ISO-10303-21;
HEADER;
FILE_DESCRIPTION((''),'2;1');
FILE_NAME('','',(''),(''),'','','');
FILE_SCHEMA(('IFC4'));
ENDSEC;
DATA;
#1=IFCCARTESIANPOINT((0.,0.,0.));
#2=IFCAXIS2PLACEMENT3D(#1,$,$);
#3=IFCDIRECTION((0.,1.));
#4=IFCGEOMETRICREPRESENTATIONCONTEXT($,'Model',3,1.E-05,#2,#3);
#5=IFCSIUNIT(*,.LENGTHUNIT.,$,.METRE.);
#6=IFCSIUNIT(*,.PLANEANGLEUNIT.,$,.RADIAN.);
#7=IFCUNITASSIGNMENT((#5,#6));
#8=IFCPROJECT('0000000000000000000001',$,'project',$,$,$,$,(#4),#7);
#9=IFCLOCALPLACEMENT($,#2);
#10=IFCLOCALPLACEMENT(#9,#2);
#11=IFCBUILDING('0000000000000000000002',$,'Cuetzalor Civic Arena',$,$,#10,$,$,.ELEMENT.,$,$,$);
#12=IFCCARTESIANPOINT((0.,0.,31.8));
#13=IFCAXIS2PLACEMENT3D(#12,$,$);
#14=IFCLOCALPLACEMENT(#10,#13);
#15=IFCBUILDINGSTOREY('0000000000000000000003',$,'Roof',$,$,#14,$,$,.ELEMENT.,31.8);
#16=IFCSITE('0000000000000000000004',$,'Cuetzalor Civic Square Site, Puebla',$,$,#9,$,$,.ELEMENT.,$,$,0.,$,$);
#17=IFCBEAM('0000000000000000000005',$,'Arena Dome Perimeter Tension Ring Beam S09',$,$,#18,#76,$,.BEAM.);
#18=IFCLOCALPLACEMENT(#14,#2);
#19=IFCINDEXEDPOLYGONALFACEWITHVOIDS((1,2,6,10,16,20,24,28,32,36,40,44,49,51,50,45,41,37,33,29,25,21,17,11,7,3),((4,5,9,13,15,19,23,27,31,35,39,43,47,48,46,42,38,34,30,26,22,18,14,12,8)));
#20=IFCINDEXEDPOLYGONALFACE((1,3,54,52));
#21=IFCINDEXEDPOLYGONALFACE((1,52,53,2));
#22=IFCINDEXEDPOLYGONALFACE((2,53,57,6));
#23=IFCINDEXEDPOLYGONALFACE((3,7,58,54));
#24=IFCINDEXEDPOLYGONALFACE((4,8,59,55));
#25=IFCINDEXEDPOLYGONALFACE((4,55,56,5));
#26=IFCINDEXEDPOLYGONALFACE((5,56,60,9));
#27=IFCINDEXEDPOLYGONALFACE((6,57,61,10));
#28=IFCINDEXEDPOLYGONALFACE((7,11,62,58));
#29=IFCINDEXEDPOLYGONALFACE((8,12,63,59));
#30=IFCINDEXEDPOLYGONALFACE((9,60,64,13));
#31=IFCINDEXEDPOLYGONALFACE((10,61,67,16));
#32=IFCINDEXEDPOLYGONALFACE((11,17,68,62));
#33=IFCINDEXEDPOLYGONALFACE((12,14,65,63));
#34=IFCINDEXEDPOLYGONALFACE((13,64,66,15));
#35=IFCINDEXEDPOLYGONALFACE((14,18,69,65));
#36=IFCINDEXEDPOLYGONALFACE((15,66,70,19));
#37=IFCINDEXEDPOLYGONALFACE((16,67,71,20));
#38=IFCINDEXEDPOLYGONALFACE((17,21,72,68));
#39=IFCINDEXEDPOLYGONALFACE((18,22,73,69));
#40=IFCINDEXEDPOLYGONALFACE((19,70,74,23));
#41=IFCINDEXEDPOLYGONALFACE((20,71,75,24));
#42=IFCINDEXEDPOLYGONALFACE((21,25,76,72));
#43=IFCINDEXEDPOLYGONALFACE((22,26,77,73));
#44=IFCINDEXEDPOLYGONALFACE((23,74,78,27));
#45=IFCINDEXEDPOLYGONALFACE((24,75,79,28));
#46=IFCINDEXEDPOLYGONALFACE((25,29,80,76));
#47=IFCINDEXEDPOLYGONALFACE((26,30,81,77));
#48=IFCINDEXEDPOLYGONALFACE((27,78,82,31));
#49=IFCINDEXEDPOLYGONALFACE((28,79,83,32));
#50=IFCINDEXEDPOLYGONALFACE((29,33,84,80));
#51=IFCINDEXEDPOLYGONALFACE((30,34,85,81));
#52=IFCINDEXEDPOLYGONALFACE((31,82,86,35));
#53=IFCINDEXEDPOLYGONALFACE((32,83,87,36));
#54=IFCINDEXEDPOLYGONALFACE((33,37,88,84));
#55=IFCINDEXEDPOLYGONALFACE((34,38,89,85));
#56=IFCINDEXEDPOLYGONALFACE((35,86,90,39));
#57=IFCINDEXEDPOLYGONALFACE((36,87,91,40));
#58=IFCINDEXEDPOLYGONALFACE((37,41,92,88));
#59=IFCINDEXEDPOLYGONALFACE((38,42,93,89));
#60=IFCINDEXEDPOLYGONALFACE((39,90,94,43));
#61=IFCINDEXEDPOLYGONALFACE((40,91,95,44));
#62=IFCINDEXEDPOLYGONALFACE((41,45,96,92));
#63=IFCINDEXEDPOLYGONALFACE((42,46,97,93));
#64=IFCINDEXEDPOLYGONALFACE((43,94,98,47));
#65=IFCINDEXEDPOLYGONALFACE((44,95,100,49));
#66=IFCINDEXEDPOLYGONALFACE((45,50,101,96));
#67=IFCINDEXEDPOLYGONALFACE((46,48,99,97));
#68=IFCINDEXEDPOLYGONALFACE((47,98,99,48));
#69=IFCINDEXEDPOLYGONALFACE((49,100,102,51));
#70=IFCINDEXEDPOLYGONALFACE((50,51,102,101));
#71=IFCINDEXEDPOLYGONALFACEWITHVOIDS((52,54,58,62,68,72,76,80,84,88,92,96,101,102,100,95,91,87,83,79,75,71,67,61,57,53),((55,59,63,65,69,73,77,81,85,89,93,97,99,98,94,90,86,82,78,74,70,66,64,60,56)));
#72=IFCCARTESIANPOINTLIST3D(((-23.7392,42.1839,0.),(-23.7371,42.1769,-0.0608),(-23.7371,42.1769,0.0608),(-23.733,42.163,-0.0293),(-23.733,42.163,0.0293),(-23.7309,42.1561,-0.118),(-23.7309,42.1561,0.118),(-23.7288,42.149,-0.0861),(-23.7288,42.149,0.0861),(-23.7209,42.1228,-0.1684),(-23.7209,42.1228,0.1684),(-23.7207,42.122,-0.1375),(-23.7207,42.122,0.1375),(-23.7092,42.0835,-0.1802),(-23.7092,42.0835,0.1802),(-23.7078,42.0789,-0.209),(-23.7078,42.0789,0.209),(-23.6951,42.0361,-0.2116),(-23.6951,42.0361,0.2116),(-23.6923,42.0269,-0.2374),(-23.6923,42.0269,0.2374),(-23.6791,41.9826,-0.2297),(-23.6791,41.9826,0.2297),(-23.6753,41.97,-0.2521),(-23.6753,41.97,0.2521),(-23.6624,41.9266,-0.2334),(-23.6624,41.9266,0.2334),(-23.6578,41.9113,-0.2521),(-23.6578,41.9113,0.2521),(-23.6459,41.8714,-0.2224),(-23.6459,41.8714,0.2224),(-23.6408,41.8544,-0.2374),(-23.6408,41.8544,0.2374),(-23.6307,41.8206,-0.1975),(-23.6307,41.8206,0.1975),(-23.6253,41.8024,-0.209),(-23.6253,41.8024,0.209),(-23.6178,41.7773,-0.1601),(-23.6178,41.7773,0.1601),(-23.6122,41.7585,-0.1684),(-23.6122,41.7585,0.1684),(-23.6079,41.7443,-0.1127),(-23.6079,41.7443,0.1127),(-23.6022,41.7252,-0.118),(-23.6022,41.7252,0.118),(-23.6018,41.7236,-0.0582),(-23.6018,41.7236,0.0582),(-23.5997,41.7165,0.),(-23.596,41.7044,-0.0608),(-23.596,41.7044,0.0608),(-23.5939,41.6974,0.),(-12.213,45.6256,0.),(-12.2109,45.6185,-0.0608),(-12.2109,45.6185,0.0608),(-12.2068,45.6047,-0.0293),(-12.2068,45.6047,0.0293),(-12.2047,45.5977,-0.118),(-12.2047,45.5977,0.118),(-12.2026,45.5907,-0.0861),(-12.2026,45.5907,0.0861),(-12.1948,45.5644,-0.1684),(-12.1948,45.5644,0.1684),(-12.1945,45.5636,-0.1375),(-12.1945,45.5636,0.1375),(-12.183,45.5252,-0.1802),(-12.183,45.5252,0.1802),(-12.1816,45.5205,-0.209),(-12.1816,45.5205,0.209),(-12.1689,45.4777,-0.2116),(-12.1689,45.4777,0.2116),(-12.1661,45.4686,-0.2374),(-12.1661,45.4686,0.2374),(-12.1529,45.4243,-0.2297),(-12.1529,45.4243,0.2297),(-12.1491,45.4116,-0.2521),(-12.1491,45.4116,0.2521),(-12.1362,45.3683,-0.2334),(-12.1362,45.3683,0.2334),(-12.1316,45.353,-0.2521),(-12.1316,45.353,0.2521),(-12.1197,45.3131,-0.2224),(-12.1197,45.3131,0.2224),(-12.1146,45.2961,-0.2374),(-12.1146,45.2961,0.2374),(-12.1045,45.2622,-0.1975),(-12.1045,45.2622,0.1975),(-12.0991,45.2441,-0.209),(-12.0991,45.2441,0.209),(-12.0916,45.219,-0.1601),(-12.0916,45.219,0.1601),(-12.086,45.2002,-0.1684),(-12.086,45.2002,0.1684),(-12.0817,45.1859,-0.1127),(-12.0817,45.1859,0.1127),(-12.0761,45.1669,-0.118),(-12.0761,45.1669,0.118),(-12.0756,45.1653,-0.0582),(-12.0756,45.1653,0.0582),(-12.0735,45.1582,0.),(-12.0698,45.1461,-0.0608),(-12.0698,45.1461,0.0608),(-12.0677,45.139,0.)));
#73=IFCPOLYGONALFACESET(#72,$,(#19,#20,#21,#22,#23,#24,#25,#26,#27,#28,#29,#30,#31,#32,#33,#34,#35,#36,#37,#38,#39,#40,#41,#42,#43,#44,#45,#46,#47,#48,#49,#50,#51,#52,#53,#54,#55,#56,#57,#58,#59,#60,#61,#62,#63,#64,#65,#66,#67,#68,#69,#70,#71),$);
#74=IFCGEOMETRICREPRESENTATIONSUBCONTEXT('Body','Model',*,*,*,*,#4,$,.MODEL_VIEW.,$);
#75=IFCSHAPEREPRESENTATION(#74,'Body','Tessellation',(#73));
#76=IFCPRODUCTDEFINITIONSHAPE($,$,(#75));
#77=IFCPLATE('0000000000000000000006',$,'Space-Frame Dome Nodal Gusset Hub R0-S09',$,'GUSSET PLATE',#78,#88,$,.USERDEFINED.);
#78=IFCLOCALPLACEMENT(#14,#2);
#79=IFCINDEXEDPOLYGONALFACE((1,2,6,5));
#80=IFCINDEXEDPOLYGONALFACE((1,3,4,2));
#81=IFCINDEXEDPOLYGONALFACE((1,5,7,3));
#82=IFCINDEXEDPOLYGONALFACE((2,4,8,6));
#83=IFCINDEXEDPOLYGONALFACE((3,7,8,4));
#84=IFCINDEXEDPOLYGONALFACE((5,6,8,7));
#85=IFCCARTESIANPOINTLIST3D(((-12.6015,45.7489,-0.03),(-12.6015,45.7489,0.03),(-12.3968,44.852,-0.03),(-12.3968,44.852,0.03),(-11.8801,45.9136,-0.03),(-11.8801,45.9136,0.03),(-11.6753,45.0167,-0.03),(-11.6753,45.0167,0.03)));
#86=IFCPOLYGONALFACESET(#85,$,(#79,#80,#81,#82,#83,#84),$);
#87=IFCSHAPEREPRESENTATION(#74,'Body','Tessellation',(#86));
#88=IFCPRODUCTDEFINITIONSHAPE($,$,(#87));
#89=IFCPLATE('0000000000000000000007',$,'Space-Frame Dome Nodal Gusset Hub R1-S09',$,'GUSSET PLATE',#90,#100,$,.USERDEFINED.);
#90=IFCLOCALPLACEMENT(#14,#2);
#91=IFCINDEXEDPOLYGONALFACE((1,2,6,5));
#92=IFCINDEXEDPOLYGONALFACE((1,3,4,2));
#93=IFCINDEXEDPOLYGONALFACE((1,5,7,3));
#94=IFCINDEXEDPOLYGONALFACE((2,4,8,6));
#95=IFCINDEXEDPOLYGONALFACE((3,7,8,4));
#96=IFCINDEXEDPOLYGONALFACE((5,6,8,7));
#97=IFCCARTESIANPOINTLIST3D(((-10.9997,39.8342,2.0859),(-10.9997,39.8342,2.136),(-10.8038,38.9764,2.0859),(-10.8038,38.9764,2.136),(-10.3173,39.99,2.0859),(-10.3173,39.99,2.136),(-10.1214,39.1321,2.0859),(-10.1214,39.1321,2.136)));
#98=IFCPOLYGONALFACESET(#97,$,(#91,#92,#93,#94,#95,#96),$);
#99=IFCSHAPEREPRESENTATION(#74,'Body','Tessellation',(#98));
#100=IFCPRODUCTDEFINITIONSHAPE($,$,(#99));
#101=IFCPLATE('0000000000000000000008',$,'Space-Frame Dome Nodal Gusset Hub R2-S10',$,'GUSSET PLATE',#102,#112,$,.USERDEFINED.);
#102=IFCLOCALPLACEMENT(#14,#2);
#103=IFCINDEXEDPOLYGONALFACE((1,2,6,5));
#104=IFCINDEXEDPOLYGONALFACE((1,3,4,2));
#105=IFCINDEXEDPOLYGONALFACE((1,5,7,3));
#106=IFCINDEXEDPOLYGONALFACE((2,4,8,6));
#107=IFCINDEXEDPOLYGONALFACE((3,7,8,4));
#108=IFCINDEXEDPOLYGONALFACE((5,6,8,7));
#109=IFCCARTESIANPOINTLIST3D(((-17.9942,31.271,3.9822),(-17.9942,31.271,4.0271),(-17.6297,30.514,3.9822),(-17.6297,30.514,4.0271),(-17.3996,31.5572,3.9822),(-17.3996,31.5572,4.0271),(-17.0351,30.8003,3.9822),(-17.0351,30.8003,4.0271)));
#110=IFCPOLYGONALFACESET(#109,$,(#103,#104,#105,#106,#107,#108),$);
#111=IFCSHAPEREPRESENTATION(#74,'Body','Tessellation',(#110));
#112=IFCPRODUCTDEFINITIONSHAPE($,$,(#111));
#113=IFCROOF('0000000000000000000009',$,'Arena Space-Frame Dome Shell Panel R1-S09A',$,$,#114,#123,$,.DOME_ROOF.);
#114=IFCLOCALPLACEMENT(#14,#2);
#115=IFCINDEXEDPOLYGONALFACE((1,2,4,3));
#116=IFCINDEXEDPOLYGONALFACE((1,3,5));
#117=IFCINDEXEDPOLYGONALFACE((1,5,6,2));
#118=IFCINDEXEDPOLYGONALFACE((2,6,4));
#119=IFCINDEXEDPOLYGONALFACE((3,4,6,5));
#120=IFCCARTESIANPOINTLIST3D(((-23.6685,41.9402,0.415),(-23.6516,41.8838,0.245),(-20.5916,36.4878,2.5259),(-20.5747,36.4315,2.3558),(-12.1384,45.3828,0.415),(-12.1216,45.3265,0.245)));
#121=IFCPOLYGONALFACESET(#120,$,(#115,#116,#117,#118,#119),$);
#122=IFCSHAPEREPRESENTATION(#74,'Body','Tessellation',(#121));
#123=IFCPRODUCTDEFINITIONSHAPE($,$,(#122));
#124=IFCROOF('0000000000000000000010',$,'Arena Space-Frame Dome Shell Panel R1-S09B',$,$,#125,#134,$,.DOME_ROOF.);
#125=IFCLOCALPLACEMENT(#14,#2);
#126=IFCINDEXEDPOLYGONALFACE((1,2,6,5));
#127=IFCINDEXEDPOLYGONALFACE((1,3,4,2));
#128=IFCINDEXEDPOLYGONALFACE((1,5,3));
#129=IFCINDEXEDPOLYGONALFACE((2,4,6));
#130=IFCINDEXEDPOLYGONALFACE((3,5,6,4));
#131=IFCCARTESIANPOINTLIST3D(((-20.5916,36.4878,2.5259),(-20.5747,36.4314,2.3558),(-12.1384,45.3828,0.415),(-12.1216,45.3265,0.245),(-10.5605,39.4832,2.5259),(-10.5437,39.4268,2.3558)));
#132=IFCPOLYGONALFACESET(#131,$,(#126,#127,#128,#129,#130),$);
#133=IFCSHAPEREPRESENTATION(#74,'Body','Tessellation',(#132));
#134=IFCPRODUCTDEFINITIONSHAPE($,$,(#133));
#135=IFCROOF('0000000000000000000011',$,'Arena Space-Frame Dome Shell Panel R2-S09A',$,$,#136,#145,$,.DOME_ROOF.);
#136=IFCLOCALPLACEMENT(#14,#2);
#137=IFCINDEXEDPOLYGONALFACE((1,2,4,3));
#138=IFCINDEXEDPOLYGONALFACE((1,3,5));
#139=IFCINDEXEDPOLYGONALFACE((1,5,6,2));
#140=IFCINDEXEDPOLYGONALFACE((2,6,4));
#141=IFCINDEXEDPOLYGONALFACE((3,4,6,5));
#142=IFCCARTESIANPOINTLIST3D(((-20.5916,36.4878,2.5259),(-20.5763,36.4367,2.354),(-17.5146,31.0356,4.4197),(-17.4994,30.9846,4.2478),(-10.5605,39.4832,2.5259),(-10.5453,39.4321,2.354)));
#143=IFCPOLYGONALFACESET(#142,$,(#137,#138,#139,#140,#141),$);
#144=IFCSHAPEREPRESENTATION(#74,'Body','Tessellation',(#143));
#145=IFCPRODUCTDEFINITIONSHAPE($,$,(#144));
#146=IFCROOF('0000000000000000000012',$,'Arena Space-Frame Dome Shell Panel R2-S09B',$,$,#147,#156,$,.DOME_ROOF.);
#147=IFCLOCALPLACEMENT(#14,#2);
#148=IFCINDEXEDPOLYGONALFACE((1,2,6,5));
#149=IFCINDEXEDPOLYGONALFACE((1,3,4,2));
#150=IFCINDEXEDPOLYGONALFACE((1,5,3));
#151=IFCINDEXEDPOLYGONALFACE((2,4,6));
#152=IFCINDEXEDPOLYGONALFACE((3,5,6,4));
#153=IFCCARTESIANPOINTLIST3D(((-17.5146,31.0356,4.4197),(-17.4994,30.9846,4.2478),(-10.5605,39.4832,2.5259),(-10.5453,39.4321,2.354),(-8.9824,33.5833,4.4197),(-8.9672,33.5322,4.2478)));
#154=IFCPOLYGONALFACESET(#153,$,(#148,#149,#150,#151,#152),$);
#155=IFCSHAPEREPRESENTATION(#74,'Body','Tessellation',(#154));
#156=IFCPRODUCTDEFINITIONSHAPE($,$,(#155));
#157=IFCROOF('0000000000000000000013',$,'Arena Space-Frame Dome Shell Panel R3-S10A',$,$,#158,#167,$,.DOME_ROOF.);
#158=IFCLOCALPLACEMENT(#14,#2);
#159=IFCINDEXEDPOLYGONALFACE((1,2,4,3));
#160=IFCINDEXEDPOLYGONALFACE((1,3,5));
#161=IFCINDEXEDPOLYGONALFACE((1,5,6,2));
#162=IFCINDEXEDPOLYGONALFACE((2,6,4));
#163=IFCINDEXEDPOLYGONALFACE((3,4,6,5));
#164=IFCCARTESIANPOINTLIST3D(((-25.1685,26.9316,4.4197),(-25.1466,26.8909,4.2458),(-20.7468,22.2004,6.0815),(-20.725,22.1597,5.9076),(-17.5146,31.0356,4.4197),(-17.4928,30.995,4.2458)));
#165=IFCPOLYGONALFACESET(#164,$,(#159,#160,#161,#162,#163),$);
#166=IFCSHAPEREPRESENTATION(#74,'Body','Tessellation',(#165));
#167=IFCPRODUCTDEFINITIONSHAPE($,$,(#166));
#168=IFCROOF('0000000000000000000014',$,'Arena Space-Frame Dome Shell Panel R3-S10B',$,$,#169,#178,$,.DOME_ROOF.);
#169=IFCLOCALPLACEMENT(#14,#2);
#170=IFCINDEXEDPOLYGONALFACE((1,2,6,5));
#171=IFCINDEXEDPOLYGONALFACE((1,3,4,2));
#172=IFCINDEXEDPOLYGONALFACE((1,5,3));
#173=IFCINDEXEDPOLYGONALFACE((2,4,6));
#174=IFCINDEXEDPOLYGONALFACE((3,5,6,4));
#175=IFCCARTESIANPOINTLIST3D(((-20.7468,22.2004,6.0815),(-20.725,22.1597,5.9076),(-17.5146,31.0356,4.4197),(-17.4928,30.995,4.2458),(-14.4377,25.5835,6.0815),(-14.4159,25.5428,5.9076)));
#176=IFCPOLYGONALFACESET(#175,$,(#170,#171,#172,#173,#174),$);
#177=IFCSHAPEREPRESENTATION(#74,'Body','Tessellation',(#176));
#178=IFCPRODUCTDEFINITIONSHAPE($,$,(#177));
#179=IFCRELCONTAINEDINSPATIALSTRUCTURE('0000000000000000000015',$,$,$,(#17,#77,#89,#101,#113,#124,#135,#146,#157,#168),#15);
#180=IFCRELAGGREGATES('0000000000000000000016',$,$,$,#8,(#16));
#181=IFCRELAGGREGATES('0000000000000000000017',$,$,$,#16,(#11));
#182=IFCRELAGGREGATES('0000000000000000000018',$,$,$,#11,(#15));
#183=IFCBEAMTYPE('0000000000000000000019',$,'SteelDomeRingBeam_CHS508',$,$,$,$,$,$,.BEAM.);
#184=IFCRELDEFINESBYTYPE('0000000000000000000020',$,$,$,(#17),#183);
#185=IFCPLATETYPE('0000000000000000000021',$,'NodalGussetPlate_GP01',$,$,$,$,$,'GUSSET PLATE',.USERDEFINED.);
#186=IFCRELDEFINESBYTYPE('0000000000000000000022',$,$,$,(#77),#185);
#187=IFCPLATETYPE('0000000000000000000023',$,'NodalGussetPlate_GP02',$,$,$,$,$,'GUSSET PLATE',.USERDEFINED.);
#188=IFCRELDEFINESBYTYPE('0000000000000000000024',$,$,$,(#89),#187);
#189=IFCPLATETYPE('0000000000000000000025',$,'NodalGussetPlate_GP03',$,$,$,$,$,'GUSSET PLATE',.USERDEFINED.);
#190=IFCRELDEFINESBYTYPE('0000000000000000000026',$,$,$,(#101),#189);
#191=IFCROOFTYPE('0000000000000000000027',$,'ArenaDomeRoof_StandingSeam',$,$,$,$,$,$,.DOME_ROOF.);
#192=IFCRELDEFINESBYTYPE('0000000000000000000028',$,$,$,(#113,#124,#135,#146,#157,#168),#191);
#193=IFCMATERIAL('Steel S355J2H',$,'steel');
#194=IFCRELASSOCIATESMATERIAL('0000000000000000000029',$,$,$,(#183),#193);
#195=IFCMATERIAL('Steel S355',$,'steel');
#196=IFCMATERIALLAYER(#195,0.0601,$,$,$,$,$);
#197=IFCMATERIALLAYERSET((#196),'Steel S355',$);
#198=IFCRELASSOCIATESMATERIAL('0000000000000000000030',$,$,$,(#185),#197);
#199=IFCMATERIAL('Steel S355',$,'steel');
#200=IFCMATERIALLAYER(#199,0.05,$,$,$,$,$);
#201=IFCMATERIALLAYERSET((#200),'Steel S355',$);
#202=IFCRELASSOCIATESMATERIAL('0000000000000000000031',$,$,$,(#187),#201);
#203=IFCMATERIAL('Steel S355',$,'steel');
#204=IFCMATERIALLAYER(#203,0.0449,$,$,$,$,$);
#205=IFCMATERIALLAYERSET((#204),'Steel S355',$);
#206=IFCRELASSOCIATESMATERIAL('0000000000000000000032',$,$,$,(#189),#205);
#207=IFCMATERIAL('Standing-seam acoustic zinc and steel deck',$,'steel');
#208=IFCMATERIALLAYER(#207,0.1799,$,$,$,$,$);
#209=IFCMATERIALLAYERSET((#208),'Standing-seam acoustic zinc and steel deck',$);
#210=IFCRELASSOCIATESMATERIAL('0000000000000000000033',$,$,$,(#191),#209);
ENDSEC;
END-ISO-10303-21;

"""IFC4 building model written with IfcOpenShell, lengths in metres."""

from ifc_helpers import new_model, si_unit, direction, frame, origin, origin_2d, place, context, subcontext, project, spatial, polyline, rectangle, hollow_circle, outline, extrude, material, layer, layer_set, material_profile, profile_set, type_object, element, save


model = new_model("IFC4")

# Units and contexts
model_context = context("Model", 3, precision=1e-05, world=origin(), true_north=direction((0.0, 1.0)))
body_context = subcontext(model_context, "Body", "Model", "MODEL_VIEW")
ifc_project = project(units=[si_unit("LENGTHUNIT", "METRE"), si_unit("PLANEANGLEUNIT", "RADIAN")], contexts=[model_context])

# Site, building, storey
site_placement = place(None, origin())
site = spatial("IfcSite", under=ifc_project, at=site_placement, Name="Cuetzalor Civic Square Site, Puebla", CompositionType="ELEMENT", RefElevation=0.0)
building_placement = place(site_placement, origin())
building = spatial("IfcBuilding", under=site, at=building_placement, Name="Cuetzalor Civic Arena", CompositionType="ELEMENT")
storey_placement = place(building_placement, frame((0.0, 0.0, 31.8)))
storey = spatial("IfcBuildingStorey", under=building, at=storey_placement, Name="Roof", CompositionType="ELEMENT", Elevation=31.8)

# Beam
ifc_material_1 = material(Name="Steel S355J2H", Category="steel")
ifc_material_profile_1 = material_profile(ifc_material_1, hollow_circle(Radius=0.2539, WallThickness=0.02, at=origin_2d()), Name="CHS 508x20")
ifc_profile_set_1 = profile_set([ifc_material_profile_1], Name="Steel S355J2H")
beam_type = type_object("IfcBeamType", Name="SteelDomeRingBeam_CHS508", PredefinedType="BEAM", material=ifc_profile_set_1)
beam_placement = place(storey_placement, frame((-12.1404, 45.3823, 0.0), z_axis=(-0.958196, -0.286113, 0.0), x_axis=(0.286113, -0.958196, 0.0)))
element("IfcBeam", 1, at=beam_placement, inside=storey, type_object=beam_type, Name="Arena Dome Perimeter Tension Ring Beam S09", PredefinedType="BEAM", context=body_context, shape_type="SweptSolid", body=[
    extrude(hollow_circle(Radius=0.2539, WallThickness=0.02, at=origin_2d()), origin(), (0.0, 0.0, 1.0), 12.0291),
])

# Plates
ifc_material_2 = material(Name="Steel S355", Category="steel")
ifc_layer_1 = layer(ifc_material_2, 0.0601)
ifc_layer_set_1 = layer_set([ifc_layer_1], Name="Steel S355")
plate_type_1 = type_object("IfcPlateType", Name="NodalGussetPlate_GP01", ElementType="GUSSET PLATE", PredefinedType="USERDEFINED", material=ifc_layer_set_1)
plate_1_placement = place(storey_placement, frame((-12.1384, 45.3828, -0.03), z_axis=(0.0, 0.0, 1.0), x_axis=(-0.22257, 0.974917, 0.0)))
element("IfcPlate", 2, at=plate_1_placement, inside=storey, type_object=plate_type_1, Name="Space-Frame Dome Nodal Gusset Hub R0-S09", ObjectType="GUSSET PLATE", PredefinedType="USERDEFINED", context=body_context, shape_type="SweptSolid", body=[
    extrude(rectangle(XDim=0.9199, YDim=0.74, at=origin_2d()), origin(), (0.0, 0.0, 1.0), 0.0601),
])
ifc_material_3 = material(Name="Steel S355", Category="steel")
ifc_layer_2 = layer(ifc_material_3, 0.05)
ifc_layer_set_2 = layer_set([ifc_layer_2], Name="Steel S355")
plate_type_2 = type_object("IfcPlateType", Name="NodalGussetPlate_GP02", ElementType="GUSSET PLATE", PredefinedType="USERDEFINED", material=ifc_layer_set_2)
plate_2_placement = place(storey_placement, frame((-10.5605, 39.4832, 2.0859), z_axis=(0.0, 0.0, 1.0), x_axis=(-0.22257, 0.974917, 0.0)))
element("IfcPlate", 3, at=plate_2_placement, inside=storey, type_object=plate_type_2, Name="Space-Frame Dome Nodal Gusset Hub R1-S09", ObjectType="GUSSET PLATE", PredefinedType="USERDEFINED", context=body_context, shape_type="SweptSolid", body=[
    extrude(rectangle(XDim=0.8799, YDim=0.7, at=origin_2d()), origin(), (0.0, 0.0, 1.0), 0.05),
])
ifc_material_4 = material(Name="Steel S355", Category="steel")
ifc_layer_3 = layer(ifc_material_4, 0.0449)
ifc_layer_set_3 = layer_set([ifc_layer_3], Name="Steel S355")
plate_type_3 = type_object("IfcPlateType", Name="NodalGussetPlate_GP03", ElementType="GUSSET PLATE", PredefinedType="USERDEFINED", material=ifc_layer_set_3)
plate_3_placement = place(storey_placement, frame((-17.5146, 31.0356, 3.9822), z_axis=(0.0, 0.0, 1.0), x_axis=(-0.433816, 0.901001, 0.0)))
element("IfcPlate", 4, at=plate_3_placement, inside=storey, type_object=plate_type_3, Name="Space-Frame Dome Nodal Gusset Hub R2-S10", ObjectType="GUSSET PLATE", PredefinedType="USERDEFINED", context=body_context, shape_type="SweptSolid", body=[
    extrude(rectangle(XDim=0.8401, YDim=0.6599, at=origin_2d()), origin(), (0.0, 0.0, 1.0), 0.0449),
])

# Roofs
ifc_material_5 = material(Name="Standing-seam acoustic zinc and steel deck", Category="steel")
ifc_layer_4 = layer(ifc_material_5, 0.1799)
ifc_layer_set_4 = layer_set([ifc_layer_4], Name="Standing-seam acoustic zinc and steel deck")
roof_type = type_object("IfcRoofType", Name="ArenaDomeRoof_StandingSeam", PredefinedType="DOME_ROOF", material=ifc_layer_set_4)
roof_1_placement = place(storey_placement, frame((-12.1384, 45.3828, 0.415), z_axis=(-0.093493, 0.313126, 0.945099), x_axis=(-0.9582, -0.286099, 0.0)))
element("IfcRoof", 5, at=roof_1_placement, inside=storey, type_object=roof_type, Name="Arena Space-Frame Dome Shell Panel R1-S09A", PredefinedType="DOME_ROOF", context=body_context, shape_type="SweptSolid", body=[
    extrude(outline(polyline([(0.0, 0.0), (12.033, 0.0), (10.6446, 6.4594), (0.0, 0.0)])), origin(), (0.0, 0.0, -1.0), 0.1799),
])
roof_2_placement = place(storey_placement, frame((-12.1384, 45.3828, 0.415), z_axis=(-0.093506, 0.313137, 0.945094), x_axis=(-0.678901, -0.714391, 0.169529)))
element("IfcRoof", 6, at=roof_2_placement, inside=storey, type_object=roof_type, Name="Arena Space-Frame Dome Shell Panel R1-S09B", PredefinedType="DOME_ROOF", context=body_context, shape_type="SweptSolid", body=[
    extrude(outline(polyline([(0.0, 0.0), (12.4512, 0.0), (3.5013, 5.4307), (0.0, 0.0)])), origin(), (0.0, 0.0, -1.0), 0.1799),
])
roof_3_placement = place(storey_placement, frame((-10.5605, 39.4832, 2.5259), z_axis=(-0.084778, 0.283908, 0.955096), x_axis=(-0.958192, -0.286126, 0.0)))
element("IfcRoof", 7, at=roof_3_placement, inside=storey, type_object=roof_type, Name="Arena Space-Frame Dome Shell Panel R2-S09A", PredefinedType="DOME_ROOF", context=body_context, shape_type="SweptSolid", body=[
    extrude(outline(polyline([(0.0, 0.0), (10.4687, 0.0), (9.0804, 6.3916), (0.0, 0.0)])), origin(), (0.0, 0.0, -1.0), 0.1799),
])
roof_4_placement = place(storey_placement, frame((-10.5605, 39.4832, 2.5259), z_axis=(-0.084769, 0.283901, 0.955099), x_axis=(-0.626251, -0.760739, 0.170546)))
element("IfcRoof", 8, at=roof_4_placement, inside=storey, type_object=roof_type, Name="Arena Space-Frame Dome Shell Panel R2-S09B", PredefinedType="DOME_ROOF", context=body_context, shape_type="SweptSolid", body=[
    extrude(outline(polyline([(0.0, 0.0), (11.1043, 0.0), (3.823, 5.1255), (0.0, 0.0)])), origin(), (0.0, 0.0, -1.0), 0.1799),
])
roof_5_placement = place(storey_placement, frame((-17.5146, 31.0356, 4.4197), z_axis=(-0.121268, 0.22616, 0.966512), x_axis=(-0.8813, -0.472557, 0.0)))
element("IfcRoof", 9, at=roof_5_placement, inside=storey, type_object=roof_type, Name="Arena Space-Frame Dome Shell Panel R3-S10A", PredefinedType="DOME_ROOF", context=body_context, shape_type="SweptSolid", body=[
    extrude(outline(polyline([(0.0, 0.0), (8.6847, 0.0), (7.0237, 6.4759), (0.0, 0.0)])), origin(), (0.0, 0.0, -1.0), 0.1799),
])
roof_6_placement = place(storey_placement, frame((-17.5146, 31.0356, 4.4197), z_axis=(-0.121272, 0.226162, 0.966511), x_axis=(-0.338323, -0.924812, 0.173953)))
element("IfcRoof", 10, at=roof_6_placement, inside=storey, type_object=roof_type, Name="Arena Space-Frame Dome Shell Panel R3-S10B", PredefinedType="DOME_ROOF", context=body_context, shape_type="SweptSolid", body=[
    extrude(outline(polyline([(0.0, 0.0), (9.5535, 0.0), (4.2903, 4.8527), (0.0, 0.0)])), origin(), (0.0, 0.0, -1.0), 0.1799),
])

save(model, "model.ifc")
